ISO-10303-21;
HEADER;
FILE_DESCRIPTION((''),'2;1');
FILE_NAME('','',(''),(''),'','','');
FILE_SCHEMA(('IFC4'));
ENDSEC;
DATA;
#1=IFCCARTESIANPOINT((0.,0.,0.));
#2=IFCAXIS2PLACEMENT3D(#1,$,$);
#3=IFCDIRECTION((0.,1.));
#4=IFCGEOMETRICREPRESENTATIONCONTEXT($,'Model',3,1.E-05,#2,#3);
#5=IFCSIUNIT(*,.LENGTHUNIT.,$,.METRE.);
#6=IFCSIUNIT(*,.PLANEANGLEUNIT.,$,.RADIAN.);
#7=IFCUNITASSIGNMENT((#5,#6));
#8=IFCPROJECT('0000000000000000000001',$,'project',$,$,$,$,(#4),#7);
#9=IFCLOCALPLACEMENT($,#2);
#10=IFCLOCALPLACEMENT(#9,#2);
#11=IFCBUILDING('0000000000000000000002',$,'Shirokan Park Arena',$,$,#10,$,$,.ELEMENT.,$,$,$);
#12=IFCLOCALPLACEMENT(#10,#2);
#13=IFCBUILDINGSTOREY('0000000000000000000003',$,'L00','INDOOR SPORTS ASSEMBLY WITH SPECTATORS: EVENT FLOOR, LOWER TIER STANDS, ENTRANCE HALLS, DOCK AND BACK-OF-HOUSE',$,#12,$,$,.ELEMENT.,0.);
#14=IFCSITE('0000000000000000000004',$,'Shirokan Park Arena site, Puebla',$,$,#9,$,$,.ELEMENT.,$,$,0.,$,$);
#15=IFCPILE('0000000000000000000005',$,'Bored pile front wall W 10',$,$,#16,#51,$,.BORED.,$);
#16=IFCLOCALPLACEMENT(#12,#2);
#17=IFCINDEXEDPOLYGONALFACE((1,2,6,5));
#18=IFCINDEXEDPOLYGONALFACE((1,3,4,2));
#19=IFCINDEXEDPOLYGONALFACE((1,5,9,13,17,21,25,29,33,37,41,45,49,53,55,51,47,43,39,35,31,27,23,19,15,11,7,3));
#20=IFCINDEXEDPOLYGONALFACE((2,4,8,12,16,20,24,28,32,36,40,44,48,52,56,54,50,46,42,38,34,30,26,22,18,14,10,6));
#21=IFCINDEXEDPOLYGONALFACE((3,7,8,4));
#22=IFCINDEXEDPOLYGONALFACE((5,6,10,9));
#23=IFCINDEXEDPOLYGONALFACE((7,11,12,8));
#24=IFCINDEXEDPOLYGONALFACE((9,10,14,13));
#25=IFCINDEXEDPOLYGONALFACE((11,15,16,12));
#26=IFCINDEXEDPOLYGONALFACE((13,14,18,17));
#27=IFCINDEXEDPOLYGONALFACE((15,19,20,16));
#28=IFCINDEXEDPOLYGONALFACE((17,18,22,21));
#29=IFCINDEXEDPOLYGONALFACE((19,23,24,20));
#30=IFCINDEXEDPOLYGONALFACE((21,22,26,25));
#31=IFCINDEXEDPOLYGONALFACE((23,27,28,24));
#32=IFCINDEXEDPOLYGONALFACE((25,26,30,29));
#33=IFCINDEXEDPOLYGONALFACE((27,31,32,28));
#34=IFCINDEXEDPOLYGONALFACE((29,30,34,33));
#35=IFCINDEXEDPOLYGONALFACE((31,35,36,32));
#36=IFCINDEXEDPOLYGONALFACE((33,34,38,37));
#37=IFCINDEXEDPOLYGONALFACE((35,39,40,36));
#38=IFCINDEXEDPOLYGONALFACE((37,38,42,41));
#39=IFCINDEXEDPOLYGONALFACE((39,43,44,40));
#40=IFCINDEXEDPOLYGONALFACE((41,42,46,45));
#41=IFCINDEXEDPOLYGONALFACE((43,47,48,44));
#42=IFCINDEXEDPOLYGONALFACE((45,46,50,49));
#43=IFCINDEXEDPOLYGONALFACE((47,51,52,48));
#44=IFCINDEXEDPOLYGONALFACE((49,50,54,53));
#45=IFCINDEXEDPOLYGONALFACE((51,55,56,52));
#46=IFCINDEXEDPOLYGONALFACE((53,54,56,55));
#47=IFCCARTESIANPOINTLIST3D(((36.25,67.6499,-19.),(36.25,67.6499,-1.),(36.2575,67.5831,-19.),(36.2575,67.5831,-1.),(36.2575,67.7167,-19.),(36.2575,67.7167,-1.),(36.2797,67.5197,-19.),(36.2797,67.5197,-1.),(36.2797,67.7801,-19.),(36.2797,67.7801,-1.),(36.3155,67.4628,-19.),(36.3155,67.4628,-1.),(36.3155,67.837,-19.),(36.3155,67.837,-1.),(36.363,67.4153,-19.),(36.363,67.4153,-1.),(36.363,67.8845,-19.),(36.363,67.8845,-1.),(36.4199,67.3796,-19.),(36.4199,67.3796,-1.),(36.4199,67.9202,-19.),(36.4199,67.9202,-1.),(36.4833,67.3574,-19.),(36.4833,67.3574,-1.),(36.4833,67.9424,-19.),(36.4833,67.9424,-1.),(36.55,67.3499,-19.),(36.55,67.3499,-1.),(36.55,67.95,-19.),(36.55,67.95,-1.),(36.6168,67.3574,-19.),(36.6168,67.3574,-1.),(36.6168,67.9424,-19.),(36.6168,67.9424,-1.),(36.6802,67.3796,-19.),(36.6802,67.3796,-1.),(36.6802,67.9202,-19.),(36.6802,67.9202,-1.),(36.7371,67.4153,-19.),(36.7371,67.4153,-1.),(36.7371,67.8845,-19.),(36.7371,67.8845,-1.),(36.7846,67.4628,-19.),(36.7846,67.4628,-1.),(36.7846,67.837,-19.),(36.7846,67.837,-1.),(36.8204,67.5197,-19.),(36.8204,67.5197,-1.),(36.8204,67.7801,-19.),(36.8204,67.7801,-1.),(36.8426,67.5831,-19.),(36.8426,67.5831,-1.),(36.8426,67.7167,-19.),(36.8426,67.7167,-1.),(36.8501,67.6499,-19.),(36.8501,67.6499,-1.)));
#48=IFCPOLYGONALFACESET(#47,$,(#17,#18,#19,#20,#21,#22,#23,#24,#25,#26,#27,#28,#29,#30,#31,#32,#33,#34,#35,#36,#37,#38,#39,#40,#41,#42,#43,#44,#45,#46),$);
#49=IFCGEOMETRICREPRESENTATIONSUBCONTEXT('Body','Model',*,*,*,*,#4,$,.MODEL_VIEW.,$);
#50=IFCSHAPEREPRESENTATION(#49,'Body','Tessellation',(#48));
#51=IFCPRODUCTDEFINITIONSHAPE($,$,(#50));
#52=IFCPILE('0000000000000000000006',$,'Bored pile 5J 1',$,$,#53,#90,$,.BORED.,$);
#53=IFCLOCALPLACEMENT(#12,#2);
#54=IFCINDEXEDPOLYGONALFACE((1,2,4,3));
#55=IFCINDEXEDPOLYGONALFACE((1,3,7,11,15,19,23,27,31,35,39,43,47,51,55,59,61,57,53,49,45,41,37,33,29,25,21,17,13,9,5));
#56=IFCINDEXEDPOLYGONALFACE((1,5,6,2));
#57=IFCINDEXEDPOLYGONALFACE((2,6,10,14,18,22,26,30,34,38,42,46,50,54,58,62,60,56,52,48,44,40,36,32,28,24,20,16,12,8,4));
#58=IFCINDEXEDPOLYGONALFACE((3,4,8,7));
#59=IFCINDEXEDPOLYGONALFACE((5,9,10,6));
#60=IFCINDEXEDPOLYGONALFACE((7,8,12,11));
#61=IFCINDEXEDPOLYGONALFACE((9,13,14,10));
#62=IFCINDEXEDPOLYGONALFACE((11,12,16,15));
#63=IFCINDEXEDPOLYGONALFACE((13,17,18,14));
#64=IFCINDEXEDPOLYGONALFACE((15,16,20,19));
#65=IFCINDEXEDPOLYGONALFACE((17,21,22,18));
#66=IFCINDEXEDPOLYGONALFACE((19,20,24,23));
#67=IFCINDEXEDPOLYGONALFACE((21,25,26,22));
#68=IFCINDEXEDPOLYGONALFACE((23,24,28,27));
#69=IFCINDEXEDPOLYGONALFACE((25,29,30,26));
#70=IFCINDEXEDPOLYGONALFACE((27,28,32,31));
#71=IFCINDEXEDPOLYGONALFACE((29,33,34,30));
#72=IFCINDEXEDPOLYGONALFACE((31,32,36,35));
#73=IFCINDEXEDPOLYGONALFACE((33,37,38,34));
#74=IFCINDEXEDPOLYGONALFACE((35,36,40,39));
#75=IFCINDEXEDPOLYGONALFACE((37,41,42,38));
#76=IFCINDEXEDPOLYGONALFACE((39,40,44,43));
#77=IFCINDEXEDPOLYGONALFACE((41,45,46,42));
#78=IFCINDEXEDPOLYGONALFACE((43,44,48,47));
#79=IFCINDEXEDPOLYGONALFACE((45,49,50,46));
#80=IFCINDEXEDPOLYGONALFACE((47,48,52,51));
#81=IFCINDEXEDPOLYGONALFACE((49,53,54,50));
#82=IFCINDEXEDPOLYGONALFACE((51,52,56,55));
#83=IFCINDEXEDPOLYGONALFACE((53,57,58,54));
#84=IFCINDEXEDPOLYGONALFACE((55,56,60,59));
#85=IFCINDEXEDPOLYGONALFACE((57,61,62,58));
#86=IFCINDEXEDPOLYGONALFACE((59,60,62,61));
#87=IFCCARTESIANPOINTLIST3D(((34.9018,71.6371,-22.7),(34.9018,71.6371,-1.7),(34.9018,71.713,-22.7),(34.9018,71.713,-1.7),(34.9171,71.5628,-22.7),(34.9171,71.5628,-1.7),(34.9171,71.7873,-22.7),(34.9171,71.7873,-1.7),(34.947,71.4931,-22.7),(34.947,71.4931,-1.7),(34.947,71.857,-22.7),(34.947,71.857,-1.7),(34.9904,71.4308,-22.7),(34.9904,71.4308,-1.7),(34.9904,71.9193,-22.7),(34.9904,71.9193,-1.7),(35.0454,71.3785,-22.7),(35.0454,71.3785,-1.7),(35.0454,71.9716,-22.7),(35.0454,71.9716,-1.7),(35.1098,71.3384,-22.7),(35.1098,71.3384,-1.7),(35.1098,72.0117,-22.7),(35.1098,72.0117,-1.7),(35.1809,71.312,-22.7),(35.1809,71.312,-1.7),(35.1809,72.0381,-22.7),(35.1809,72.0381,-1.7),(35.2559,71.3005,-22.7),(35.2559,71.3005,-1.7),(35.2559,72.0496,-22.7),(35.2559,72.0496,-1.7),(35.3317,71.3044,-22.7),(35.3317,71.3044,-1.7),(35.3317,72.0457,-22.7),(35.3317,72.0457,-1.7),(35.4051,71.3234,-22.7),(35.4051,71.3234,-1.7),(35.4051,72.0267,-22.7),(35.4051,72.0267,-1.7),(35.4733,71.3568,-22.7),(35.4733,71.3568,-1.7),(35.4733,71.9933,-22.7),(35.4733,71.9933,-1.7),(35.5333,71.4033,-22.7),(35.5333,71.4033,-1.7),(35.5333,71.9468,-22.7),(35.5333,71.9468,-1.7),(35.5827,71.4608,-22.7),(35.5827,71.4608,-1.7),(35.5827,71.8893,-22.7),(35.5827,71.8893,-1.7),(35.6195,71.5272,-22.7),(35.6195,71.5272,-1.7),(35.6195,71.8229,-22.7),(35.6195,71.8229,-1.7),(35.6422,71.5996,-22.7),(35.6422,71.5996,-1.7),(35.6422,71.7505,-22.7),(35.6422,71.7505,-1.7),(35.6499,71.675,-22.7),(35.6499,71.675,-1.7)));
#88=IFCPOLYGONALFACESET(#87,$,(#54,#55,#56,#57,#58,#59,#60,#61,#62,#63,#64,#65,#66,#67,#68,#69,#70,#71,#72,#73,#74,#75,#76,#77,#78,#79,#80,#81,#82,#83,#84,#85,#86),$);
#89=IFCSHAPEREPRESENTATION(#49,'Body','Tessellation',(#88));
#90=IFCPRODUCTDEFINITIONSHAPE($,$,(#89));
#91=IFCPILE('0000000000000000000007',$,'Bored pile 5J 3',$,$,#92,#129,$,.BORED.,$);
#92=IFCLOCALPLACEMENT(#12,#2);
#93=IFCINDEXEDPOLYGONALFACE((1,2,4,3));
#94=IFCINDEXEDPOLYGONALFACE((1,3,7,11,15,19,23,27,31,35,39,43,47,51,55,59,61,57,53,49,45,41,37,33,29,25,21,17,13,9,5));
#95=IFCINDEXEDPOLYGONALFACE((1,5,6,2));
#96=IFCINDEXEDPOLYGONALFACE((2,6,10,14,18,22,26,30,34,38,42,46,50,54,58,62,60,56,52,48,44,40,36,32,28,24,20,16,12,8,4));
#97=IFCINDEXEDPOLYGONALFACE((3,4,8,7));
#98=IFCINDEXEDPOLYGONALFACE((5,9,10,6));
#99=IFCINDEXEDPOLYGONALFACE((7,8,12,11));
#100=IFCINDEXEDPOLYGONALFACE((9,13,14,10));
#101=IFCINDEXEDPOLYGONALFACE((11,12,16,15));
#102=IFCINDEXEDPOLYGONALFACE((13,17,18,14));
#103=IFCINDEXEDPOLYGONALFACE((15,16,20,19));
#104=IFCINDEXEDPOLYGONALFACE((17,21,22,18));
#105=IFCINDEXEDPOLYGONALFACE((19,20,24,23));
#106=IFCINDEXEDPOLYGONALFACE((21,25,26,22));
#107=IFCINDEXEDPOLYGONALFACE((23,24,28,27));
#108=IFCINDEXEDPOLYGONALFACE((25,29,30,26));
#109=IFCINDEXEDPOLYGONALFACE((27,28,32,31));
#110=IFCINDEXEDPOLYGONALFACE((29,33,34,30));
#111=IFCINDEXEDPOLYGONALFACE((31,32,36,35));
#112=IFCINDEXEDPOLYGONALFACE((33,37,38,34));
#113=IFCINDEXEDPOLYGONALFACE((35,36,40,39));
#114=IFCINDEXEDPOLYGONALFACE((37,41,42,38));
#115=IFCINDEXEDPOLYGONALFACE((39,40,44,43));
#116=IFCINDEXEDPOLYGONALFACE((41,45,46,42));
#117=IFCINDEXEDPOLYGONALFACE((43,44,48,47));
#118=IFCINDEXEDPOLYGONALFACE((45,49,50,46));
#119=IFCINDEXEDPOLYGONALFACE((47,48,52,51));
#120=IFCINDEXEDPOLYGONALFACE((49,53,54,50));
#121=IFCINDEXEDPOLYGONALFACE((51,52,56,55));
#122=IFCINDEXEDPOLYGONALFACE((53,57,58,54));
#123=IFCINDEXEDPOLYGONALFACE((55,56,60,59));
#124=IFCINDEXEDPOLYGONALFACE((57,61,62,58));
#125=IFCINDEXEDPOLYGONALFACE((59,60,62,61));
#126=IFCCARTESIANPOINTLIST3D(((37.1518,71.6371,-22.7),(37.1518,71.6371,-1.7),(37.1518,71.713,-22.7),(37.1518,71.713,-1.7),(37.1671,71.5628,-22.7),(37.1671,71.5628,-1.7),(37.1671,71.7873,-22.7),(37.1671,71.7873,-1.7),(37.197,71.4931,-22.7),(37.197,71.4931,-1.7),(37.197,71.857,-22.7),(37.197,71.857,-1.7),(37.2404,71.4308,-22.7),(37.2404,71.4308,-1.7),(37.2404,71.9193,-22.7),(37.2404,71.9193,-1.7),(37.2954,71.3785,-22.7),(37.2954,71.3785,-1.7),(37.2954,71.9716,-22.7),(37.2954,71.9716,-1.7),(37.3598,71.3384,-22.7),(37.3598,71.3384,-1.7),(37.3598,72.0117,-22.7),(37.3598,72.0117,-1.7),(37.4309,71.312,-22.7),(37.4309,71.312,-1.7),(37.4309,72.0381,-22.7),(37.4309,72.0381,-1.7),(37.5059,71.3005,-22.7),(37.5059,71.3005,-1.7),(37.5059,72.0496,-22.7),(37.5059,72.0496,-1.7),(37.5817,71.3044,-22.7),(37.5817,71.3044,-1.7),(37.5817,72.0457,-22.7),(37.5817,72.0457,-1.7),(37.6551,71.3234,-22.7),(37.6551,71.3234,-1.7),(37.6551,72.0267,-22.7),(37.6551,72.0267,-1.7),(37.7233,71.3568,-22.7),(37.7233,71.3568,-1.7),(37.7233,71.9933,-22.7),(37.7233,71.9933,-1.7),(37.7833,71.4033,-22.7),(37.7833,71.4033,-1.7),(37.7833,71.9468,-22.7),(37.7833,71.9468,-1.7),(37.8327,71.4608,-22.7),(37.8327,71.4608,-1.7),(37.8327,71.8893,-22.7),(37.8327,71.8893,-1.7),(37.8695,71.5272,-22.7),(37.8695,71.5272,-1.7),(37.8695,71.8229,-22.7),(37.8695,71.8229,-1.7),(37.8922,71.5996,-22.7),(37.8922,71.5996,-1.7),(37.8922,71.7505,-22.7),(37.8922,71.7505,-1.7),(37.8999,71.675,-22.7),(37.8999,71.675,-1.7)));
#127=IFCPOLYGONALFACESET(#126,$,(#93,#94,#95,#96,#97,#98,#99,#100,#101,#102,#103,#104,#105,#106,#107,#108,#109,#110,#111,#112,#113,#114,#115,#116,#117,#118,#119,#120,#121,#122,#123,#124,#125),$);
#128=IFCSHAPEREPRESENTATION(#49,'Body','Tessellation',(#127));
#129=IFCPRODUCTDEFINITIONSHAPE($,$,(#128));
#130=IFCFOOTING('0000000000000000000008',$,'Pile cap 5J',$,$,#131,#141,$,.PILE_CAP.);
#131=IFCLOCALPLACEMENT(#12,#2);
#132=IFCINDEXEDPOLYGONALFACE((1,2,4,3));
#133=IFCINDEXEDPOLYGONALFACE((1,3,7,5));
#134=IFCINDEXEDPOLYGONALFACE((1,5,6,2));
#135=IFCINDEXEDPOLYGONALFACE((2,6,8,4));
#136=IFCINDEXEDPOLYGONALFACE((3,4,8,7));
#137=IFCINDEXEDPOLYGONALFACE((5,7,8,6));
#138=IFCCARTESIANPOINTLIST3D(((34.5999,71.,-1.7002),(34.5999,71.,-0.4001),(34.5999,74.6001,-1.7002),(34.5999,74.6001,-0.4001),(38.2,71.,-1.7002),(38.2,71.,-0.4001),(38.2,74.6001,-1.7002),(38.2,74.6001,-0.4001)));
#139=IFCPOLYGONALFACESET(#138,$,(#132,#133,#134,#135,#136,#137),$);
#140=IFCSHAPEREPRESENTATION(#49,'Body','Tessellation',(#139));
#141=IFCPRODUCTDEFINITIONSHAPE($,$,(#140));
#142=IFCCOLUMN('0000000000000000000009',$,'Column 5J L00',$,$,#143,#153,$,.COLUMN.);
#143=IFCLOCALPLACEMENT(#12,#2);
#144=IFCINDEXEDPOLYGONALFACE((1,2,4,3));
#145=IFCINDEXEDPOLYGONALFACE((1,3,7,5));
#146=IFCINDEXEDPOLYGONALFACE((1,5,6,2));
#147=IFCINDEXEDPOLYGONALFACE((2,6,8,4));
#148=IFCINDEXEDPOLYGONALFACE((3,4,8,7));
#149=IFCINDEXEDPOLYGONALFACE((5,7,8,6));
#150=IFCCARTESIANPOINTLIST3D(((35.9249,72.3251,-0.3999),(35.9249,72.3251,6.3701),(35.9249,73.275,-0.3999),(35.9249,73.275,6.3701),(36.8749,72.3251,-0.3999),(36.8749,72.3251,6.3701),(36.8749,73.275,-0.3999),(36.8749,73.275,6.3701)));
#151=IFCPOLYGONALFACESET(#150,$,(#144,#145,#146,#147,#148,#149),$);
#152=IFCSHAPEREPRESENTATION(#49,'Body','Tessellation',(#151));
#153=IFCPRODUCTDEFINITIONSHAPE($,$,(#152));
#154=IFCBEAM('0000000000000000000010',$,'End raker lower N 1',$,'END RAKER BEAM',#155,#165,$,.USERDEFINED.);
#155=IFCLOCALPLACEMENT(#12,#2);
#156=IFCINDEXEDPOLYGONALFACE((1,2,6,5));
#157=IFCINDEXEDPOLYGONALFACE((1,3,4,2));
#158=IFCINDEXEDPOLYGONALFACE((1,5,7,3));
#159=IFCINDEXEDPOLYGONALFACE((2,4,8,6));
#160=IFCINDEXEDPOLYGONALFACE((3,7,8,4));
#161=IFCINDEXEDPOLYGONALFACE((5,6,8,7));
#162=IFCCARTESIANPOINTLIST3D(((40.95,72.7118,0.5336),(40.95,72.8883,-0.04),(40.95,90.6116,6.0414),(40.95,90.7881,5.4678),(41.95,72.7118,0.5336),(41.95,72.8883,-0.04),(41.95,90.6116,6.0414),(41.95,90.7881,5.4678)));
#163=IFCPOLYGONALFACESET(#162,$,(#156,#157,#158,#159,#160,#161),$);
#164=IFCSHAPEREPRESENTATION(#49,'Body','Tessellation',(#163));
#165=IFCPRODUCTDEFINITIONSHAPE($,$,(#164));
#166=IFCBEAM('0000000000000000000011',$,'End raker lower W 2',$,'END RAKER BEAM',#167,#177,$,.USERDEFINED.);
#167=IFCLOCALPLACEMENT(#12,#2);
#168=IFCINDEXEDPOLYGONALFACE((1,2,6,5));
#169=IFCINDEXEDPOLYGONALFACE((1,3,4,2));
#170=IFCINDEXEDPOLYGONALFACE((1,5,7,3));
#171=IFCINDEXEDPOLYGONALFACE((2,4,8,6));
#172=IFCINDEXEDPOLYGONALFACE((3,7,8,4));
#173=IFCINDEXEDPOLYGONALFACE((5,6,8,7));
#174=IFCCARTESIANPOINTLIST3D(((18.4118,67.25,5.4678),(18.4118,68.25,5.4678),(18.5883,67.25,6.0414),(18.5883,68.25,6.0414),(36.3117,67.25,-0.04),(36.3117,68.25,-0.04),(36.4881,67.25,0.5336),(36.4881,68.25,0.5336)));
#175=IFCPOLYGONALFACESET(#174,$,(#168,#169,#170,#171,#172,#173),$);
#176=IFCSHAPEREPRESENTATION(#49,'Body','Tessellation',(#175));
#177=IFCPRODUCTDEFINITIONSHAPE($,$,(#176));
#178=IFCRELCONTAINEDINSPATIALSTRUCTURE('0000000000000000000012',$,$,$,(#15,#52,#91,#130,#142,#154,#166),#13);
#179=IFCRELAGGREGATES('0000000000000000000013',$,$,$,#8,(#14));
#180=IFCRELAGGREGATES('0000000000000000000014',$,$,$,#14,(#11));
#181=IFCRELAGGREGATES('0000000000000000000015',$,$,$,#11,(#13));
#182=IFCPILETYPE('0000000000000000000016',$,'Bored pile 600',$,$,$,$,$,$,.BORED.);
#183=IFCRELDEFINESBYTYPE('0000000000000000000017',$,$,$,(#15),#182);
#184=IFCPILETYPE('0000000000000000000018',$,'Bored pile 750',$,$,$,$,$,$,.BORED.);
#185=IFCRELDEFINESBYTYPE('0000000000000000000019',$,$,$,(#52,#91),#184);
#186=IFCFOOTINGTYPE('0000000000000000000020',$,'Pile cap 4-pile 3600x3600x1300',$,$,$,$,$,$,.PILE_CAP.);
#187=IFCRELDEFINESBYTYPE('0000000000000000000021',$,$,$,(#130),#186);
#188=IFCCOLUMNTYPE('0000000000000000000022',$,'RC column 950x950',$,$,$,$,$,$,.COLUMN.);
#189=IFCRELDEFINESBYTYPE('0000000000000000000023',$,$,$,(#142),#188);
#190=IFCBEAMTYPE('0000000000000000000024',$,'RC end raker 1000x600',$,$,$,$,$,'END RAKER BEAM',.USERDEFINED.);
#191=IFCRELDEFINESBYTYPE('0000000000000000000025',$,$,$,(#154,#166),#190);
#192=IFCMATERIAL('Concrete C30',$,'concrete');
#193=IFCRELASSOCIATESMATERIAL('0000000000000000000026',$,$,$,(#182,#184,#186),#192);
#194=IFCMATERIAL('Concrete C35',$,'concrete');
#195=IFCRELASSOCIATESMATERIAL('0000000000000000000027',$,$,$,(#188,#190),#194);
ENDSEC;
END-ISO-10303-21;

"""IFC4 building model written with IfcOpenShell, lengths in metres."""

from ifc_helpers import new_model, si_unit, direction, frame, origin, origin_2d, place, context, subcontext, project, spatial, rectangle, circle, extrude, material, material_profile, profile_set, type_object, element, save


model = new_model("IFC4")

# Units and contexts
model_context = context("Model", 3, precision=1e-05, world=origin(), true_north=direction((0.0, 1.0)))
body_context = subcontext(model_context, "Body", "Model", "MODEL_VIEW")
ifc_project = project(units=[si_unit("LENGTHUNIT", "METRE"), si_unit("PLANEANGLEUNIT", "RADIAN")], contexts=[model_context])

# Site, building, storey
site_placement = place(None, origin())
site = spatial("IfcSite", under=ifc_project, at=site_placement, Name="Shirokan Park Arena site, Puebla", CompositionType="ELEMENT", RefElevation=0.0)
building_placement = place(site_placement, origin())
building = spatial("IfcBuilding", under=site, at=building_placement, Name="Shirokan Park Arena", CompositionType="ELEMENT")
storey_placement = place(building_placement, origin())
storey = spatial("IfcBuildingStorey", under=building, at=storey_placement, Name="L00", Description="INDOOR SPORTS ASSEMBLY WITH SPECTATORS: EVENT FLOOR, LOWER TIER STANDS, ENTRANCE HALLS, DOCK AND BACK-OF-HOUSE", CompositionType="ELEMENT", Elevation=0.0)

# Piles
ifc_material_1 = material(Name="Concrete C30", Category="concrete")
ifc_material_profile_1 = material_profile(ifc_material_1, circle(Radius=0.3, at=origin_2d()), Name="D600")
ifc_profile_set_1 = profile_set([ifc_material_profile_1], Name="Concrete C30")
pile_type_1 = type_object("IfcPileType", Name="Bored pile 600", PredefinedType="BORED", material=ifc_profile_set_1)
for number, where, z_axis, x_axis, name in (
    (1, (36.55, 67.6499, -1.0), (0.0, 0.0, -1.0), (1.0, 0.0, 0.0), "Bored pile front wall W 10"),
):
    element("IfcPile", number, at=place(storey_placement, frame(where, z_axis=z_axis, x_axis=x_axis)), inside=storey, type_object=pile_type_1, Name=name, PredefinedType="BORED", context=body_context, shape_type="SweptSolid", body=[
        extrude(circle(Radius=0.3, at=origin_2d()), origin(), (0.0, 0.0, 1.0), 18.0),
    ])
ifc_material_profile_2 = material_profile(ifc_material_1, circle(Radius=0.375, at=origin_2d()), Name="D750")
ifc_profile_set_2 = profile_set([ifc_material_profile_2], Name="Concrete C30")
pile_type_2 = type_object("IfcPileType", Name="Bored pile 750", PredefinedType="BORED", material=ifc_profile_set_2)
for number, where, z_axis, x_axis, name in (
    (2, (35.2749, 71.675, -1.7), (0.0, 0.0, -1.0), (1.0, 0.0, 0.0), "Bored pile 5J 1"),
    (3, (37.5249, 71.675, -1.7), (0.0, 0.0, -1.0), (1.0, 0.0, 0.0), "Bored pile 5J 3"),
):
    element("IfcPile", number, at=place(storey_placement, frame(where, z_axis=z_axis, x_axis=x_axis)), inside=storey, type_object=pile_type_2, Name=name, PredefinedType="BORED", context=body_context, shape_type="SweptSolid", body=[
        extrude(circle(Radius=0.375, at=origin_2d()), origin(), (0.0, 0.0, 1.0), 21.0),
    ])

# Footing
footing_type = type_object("IfcFootingType", Name="Pile cap 4-pile 3600x3600x1300", PredefinedType="PILE_CAP", material=ifc_material_1)
footing_placement = place(storey_placement, frame((36.3999, 72.8, -1.7002), z_axis=(0.0, 0.0, 1.0), x_axis=(1.0, 0.0, 0.0)))
element("IfcFooting", 4, at=footing_placement, inside=storey, type_object=footing_type, Name="Pile cap 5J", PredefinedType="PILE_CAP", context=body_context, shape_type="SweptSolid", body=[
    extrude(rectangle(XDim=3.6001, YDim=3.6001, at=origin_2d()), origin(), (0.0, 0.0, 1.0), 1.3),
])

# Column
ifc_material_2 = material(Name="Concrete C35", Category="concrete")
ifc_material_profile_3 = material_profile(ifc_material_2, rectangle(XDim=0.95, YDim=0.95, at=origin_2d()), Name="950x950")
ifc_profile_set_3 = profile_set([ifc_material_profile_3], Name="Concrete C35")
column_type = type_object("IfcColumnType", Name="RC column 950x950", PredefinedType="COLUMN", material=ifc_profile_set_3)
column_placement = place(storey_placement, frame((36.3999, 72.8, -0.3999), z_axis=(0.0, 0.0, 1.0), x_axis=(1.0, 0.0, 0.0)))
element("IfcColumn", 5, at=column_placement, inside=storey, type_object=column_type, Name="Column 5J L00", PredefinedType="COLUMN", context=body_context, shape_type="SweptSolid", body=[
    extrude(rectangle(XDim=0.95, YDim=0.95, at=origin_2d()), origin(), (0.0, 0.0, 1.0), 6.77),
])

# Beams
ifc_material_profile_4 = material_profile(ifc_material_2, rectangle(XDim=1.0, YDim=0.6001, at=origin_2d()), Name="1000x600")
ifc_profile_set_4 = profile_set([ifc_material_profile_4], Name="Concrete C35")
beam_type = type_object("IfcBeamType", Name="RC end raker 1000x600", ElementType="END RAKER BEAM", PredefinedType="USERDEFINED", material=ifc_profile_set_4)
for number, where, z_axis, x_axis, name in (
    (6, (41.45, 72.8, 0.2468), (0.0, 0.955777, 0.294093), (-1.0, 0.0, 0.0), "End raker lower N 1"),
    (7, (36.3999, 67.75, 0.2468), (-0.955777, 0.0, 0.294093), (0.0, -1.0, 0.0), "End raker lower W 2"),
):
    element("IfcBeam", number, at=place(storey_placement, frame(where, z_axis=z_axis, x_axis=x_axis)), inside=storey, type_object=beam_type, Name=name, ObjectType="END RAKER BEAM", PredefinedType="USERDEFINED", context=body_context, shape_type="SweptSolid", body=[
        extrude(rectangle(XDim=1.0, YDim=0.6001, at=origin_2d()), origin(), (0.0, 0.0, 1.0), 18.728),
    ])

save(model, "model.ifc")
